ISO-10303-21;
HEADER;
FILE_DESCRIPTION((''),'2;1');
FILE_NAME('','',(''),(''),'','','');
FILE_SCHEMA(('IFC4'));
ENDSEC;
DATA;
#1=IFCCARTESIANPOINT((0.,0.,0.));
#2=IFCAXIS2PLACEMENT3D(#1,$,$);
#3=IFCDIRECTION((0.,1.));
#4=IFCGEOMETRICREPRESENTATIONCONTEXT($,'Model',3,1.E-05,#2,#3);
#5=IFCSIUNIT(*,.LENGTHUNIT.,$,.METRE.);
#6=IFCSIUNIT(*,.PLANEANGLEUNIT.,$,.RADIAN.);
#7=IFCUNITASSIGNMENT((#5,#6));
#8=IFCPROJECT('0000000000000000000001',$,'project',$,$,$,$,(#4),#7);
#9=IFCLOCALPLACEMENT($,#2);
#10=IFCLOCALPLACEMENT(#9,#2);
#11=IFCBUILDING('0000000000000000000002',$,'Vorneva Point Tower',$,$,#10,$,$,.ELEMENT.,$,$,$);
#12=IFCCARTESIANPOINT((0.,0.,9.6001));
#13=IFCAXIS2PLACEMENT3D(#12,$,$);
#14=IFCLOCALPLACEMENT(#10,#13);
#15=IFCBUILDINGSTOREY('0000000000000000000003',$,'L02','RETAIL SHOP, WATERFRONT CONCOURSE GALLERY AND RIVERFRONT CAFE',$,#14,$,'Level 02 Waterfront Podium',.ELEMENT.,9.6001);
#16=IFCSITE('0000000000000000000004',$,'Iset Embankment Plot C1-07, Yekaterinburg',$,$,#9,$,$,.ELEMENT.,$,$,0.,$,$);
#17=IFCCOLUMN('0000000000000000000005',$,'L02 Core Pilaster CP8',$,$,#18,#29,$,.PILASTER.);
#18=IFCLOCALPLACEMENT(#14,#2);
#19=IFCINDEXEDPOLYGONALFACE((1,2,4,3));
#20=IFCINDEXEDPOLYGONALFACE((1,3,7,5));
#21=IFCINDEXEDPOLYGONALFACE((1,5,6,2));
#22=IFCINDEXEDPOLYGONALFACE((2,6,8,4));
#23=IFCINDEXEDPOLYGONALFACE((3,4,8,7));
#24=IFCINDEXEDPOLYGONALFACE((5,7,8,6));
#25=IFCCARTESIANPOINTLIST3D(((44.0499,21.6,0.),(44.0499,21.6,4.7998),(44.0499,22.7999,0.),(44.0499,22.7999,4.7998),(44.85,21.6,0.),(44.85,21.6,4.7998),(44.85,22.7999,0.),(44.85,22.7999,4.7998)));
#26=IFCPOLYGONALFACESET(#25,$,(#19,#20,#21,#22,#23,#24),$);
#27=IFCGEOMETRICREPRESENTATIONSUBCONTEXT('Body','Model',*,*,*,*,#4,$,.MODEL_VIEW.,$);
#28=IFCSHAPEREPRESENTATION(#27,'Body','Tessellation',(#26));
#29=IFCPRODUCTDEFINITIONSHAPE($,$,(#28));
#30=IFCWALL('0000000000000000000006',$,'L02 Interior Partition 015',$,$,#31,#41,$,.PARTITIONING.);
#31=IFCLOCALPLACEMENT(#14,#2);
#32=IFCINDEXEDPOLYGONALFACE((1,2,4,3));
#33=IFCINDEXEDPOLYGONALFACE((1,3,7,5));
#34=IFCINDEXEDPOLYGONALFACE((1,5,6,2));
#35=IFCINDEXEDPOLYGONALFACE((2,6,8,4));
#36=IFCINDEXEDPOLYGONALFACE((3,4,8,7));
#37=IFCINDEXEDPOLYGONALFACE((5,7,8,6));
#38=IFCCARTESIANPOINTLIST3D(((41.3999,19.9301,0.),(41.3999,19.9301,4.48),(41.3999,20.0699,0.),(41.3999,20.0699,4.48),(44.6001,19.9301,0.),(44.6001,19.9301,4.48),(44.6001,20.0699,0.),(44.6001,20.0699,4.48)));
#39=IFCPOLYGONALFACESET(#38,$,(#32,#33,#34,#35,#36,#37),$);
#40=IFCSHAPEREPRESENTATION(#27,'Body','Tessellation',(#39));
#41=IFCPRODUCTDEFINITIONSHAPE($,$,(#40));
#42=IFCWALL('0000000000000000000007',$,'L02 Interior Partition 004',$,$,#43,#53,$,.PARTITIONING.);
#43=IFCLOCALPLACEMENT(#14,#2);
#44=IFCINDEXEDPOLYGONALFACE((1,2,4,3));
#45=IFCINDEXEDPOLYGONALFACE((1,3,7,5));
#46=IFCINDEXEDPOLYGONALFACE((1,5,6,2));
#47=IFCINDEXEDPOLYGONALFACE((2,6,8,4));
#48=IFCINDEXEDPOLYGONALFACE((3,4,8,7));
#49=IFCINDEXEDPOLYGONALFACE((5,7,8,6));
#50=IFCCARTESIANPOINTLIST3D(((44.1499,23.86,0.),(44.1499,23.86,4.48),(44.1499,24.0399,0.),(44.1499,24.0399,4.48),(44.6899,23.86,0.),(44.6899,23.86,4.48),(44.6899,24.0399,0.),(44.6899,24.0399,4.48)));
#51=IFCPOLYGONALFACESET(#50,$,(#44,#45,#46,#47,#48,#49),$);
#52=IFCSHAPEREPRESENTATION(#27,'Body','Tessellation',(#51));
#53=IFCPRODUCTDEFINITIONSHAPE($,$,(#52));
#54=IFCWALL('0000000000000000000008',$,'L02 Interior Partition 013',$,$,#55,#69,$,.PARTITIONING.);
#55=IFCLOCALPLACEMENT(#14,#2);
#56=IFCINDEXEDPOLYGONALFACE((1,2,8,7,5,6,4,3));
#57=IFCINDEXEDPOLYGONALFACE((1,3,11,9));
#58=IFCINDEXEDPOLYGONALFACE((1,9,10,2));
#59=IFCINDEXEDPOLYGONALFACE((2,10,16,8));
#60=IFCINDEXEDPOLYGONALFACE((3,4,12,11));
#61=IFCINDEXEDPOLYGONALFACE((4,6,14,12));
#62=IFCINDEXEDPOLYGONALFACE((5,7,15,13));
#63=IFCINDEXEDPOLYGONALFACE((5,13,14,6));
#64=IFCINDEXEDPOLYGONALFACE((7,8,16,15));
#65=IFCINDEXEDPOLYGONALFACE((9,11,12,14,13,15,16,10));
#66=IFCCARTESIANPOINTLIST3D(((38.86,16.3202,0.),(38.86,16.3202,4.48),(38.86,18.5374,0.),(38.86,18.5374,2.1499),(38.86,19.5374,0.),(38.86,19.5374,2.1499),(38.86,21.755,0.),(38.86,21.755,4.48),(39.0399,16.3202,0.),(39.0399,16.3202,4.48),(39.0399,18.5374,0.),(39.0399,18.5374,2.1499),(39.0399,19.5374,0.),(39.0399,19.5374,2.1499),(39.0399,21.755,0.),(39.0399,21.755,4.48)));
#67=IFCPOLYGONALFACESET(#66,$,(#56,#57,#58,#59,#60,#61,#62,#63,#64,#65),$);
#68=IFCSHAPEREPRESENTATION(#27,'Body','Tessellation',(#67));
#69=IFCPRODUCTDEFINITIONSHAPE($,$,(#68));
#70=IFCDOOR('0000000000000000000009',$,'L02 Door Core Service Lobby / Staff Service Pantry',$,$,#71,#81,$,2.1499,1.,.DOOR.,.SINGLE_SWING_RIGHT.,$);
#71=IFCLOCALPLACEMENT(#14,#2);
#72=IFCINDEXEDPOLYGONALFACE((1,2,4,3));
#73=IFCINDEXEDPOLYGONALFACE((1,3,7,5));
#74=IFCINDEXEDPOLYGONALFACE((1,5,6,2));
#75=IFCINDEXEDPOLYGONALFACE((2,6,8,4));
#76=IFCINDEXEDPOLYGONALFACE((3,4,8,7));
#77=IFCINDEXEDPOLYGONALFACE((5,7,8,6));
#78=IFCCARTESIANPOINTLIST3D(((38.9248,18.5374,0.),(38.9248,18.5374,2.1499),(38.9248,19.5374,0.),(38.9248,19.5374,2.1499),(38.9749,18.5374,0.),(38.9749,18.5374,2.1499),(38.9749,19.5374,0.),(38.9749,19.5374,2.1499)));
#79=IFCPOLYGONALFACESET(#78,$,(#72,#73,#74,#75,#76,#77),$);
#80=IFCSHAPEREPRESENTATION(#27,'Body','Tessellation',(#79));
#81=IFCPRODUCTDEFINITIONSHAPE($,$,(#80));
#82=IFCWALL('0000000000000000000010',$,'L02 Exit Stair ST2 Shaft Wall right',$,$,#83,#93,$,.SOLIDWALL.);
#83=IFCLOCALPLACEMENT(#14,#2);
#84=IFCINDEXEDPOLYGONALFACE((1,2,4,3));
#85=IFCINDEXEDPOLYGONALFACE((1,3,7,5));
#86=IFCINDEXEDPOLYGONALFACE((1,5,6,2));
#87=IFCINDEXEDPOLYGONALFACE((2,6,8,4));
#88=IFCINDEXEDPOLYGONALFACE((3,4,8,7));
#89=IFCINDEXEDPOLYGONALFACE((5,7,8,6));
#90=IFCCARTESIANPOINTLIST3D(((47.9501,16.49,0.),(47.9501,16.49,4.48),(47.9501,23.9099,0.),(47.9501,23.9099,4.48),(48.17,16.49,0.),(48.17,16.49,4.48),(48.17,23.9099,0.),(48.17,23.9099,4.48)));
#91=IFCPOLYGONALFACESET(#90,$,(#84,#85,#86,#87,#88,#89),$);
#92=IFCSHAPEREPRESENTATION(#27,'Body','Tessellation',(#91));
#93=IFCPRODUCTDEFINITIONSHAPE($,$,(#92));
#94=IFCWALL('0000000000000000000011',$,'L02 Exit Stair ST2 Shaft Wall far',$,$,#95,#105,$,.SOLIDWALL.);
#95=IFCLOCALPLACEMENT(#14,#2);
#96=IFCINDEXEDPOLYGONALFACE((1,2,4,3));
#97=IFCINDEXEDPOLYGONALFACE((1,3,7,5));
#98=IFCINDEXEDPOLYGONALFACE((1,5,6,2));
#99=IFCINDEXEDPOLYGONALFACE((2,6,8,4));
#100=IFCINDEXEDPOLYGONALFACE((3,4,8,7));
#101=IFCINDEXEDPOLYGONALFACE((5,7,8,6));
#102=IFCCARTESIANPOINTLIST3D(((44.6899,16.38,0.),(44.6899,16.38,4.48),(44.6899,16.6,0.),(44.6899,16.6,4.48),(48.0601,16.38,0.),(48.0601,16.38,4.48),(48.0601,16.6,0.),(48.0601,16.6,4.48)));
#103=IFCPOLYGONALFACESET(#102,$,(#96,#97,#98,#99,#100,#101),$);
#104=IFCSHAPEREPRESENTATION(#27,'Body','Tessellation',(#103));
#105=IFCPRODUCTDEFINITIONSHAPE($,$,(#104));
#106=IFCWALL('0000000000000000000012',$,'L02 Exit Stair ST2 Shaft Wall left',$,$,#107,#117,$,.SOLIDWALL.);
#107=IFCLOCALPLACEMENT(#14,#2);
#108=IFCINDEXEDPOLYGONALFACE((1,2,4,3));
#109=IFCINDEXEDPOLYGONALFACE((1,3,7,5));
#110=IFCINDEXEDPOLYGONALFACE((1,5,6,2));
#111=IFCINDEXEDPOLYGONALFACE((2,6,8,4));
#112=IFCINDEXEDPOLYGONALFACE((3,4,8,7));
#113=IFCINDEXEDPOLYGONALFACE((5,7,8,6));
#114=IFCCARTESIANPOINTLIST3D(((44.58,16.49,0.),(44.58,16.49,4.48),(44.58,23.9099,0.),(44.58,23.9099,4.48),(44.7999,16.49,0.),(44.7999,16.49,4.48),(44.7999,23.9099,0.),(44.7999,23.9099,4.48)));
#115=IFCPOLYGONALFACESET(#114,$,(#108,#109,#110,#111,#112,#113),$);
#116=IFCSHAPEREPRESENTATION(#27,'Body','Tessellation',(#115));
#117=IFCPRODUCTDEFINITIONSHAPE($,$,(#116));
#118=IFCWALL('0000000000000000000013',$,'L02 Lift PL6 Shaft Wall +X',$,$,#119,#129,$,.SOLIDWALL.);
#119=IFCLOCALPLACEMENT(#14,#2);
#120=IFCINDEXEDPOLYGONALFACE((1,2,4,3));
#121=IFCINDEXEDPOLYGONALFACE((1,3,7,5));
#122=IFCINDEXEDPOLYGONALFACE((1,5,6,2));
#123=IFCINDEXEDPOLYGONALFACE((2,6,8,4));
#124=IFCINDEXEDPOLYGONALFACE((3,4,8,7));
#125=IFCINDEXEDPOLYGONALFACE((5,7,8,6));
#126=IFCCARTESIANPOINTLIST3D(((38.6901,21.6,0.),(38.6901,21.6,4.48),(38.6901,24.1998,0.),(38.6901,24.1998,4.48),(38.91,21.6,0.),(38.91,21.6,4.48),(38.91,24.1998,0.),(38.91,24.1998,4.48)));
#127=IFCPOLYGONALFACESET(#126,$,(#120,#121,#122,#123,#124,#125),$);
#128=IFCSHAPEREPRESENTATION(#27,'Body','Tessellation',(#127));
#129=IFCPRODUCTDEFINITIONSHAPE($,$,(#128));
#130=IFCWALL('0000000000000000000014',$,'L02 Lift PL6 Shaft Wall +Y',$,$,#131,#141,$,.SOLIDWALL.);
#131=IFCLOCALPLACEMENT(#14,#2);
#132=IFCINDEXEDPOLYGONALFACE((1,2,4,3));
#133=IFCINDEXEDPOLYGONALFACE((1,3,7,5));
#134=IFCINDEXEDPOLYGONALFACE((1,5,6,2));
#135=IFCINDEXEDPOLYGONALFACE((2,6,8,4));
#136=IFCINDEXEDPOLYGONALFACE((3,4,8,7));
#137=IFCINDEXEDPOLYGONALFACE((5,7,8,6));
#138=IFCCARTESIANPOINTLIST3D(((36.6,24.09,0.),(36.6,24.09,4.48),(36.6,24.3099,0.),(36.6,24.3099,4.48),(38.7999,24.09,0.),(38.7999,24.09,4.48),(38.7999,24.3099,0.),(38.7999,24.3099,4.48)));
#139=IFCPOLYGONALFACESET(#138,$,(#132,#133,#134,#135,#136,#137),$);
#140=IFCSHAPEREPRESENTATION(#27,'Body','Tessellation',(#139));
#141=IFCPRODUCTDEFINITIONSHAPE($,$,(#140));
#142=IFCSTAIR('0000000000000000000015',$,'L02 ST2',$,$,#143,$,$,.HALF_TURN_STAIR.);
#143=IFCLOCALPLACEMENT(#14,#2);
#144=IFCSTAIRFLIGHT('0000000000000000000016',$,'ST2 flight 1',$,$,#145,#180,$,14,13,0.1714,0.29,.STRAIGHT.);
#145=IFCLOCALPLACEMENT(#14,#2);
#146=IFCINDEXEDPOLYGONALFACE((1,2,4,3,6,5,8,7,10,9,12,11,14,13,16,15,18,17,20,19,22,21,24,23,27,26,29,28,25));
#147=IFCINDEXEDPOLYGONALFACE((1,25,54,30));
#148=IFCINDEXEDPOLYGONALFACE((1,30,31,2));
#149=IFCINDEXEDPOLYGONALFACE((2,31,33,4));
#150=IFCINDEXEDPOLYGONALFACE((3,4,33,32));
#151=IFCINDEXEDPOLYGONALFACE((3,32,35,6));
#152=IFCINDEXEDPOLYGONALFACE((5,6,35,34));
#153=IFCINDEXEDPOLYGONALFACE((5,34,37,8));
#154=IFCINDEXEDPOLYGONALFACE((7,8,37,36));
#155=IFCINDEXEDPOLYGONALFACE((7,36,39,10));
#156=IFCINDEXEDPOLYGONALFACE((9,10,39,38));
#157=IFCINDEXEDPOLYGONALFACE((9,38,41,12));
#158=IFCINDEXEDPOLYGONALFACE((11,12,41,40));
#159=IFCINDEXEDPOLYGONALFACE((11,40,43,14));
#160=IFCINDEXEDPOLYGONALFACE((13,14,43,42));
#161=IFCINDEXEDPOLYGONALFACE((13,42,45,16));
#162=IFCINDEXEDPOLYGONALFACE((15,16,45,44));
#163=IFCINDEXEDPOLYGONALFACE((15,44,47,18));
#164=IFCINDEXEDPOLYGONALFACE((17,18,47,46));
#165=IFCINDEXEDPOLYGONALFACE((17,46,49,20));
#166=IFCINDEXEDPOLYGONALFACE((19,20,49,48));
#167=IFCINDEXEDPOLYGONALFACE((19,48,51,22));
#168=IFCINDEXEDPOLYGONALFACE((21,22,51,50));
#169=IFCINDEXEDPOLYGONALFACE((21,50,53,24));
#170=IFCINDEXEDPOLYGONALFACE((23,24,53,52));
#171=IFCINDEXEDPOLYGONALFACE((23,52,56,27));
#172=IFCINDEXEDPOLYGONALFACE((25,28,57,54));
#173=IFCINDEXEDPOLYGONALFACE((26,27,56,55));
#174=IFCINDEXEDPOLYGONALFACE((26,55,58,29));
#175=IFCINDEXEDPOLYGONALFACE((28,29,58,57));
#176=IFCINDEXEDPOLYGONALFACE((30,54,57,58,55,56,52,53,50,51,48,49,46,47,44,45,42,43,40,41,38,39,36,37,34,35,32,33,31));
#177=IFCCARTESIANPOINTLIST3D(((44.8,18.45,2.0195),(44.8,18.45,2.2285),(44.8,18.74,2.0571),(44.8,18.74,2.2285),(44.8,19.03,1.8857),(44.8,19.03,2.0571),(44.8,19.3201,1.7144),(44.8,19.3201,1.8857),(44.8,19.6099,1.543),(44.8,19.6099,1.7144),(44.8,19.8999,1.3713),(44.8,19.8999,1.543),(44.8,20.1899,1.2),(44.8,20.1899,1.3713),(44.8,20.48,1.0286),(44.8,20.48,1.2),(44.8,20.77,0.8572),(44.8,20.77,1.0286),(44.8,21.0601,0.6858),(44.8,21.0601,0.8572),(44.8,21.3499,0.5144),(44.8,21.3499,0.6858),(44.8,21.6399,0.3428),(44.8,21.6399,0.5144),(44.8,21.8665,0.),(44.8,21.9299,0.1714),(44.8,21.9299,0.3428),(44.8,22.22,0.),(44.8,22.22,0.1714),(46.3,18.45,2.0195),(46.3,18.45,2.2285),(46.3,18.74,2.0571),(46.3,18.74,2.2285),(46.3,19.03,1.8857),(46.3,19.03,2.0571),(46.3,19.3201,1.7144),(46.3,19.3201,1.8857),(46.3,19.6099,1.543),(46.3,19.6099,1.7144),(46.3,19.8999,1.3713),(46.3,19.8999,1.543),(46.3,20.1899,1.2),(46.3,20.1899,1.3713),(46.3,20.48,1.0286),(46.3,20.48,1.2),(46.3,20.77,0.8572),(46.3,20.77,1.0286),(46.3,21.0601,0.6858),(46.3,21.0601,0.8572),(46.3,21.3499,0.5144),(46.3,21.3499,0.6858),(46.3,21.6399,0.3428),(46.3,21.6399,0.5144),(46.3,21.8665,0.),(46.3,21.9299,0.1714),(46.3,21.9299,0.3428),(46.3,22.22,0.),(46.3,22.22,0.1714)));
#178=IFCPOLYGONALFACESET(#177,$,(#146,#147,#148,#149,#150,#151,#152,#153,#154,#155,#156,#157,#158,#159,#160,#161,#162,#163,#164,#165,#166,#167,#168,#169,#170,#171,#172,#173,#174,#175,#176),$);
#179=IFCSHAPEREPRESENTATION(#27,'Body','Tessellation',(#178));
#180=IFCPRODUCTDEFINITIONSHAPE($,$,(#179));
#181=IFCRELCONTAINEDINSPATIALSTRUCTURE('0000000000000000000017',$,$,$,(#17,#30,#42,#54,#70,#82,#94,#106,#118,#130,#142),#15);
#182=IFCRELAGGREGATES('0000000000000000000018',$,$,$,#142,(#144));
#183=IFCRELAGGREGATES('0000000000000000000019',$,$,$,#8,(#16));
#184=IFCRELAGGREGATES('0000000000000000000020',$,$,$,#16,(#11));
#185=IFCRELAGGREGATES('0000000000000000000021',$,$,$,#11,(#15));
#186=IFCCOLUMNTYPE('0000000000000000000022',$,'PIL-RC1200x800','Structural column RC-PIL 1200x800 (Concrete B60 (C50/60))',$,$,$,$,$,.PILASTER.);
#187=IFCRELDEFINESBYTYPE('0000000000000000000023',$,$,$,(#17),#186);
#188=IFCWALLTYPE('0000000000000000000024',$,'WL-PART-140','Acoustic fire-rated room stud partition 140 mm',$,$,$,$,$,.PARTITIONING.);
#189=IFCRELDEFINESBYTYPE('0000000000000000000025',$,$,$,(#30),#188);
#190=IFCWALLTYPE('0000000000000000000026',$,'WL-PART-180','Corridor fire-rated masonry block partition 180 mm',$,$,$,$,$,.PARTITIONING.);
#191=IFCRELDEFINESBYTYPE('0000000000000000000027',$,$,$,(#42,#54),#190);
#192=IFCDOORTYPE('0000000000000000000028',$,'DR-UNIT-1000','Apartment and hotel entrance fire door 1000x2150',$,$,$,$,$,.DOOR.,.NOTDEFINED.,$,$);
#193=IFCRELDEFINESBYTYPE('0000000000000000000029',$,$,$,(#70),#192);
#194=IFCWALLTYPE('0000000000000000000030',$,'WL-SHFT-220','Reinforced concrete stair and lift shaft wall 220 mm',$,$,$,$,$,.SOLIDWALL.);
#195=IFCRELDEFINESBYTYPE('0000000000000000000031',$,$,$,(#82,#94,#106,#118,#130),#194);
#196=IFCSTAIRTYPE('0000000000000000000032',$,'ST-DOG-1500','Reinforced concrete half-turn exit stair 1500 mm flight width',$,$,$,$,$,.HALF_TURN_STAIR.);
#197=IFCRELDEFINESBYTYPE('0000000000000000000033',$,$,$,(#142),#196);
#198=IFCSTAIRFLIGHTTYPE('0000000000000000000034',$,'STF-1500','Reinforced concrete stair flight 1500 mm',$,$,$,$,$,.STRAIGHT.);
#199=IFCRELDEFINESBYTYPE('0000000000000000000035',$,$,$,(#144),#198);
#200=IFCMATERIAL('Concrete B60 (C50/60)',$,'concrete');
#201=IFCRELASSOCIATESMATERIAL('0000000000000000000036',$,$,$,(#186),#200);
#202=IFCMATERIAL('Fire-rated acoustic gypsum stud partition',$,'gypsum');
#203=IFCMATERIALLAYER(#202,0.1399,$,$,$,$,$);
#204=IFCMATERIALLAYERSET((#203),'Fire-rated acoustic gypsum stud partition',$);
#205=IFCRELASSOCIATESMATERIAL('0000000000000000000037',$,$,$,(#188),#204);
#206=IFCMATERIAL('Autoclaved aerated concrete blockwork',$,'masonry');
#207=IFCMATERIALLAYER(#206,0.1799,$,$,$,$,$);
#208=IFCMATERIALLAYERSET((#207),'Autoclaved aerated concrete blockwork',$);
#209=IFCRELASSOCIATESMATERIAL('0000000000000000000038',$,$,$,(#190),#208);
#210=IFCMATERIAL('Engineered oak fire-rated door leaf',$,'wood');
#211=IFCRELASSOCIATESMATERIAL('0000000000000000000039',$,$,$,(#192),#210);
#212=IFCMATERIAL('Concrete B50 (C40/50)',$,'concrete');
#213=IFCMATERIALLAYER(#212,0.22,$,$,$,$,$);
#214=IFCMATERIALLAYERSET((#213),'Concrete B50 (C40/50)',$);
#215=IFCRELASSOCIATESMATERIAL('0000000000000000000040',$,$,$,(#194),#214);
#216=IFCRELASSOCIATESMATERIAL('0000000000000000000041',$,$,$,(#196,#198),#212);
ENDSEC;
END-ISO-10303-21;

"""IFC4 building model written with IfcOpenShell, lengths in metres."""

from ifc_helpers import new_model, si_unit, direction, frame, frame_2d, origin, origin_2d, place, context, subcontext, project, spatial, polyline, rectangle, outline, extrude, material, layer, layer_set, material_profile, profile_set, type_object, element, fill, aggregate, save


model = new_model("IFC4")

# Units and contexts
model_context = context("Model", 3, precision=1e-05, world=origin(), true_north=direction((0.0, 1.0)))
body_context = subcontext(model_context, "Body", "Model", "MODEL_VIEW")
ifc_project = project(units=[si_unit("LENGTHUNIT", "METRE"), si_unit("PLANEANGLEUNIT", "RADIAN")], contexts=[model_context])

# Site, building, storey
site_placement = place(None, origin())
site = spatial("IfcSite", under=ifc_project, at=site_placement, Name="Iset Embankment Plot C1-07, Yekaterinburg", CompositionType="ELEMENT", RefElevation=0.0)
building_placement = place(site_placement, origin())
building = spatial("IfcBuilding", under=site, at=building_placement, Name="Vorneva Point Tower", CompositionType="ELEMENT")
storey_placement = place(building_placement, frame((0.0, 0.0, 9.6001)))
storey = spatial("IfcBuildingStorey", under=building, at=storey_placement, Name="L02", Description="RETAIL SHOP, WATERFRONT CONCOURSE GALLERY AND RIVERFRONT CAFE", LongName="Level 02 Waterfront Podium", CompositionType="ELEMENT", Elevation=9.6001)

# Column
ifc_material_1 = material(Name="Concrete B60 (C50/60)", Category="concrete")
ifc_material_profile = material_profile(ifc_material_1, rectangle(XDim=0.8, YDim=1.2, at=origin_2d()), Name="RC-PIL 1200x800")
ifc_profile_set = profile_set([ifc_material_profile], Name="Concrete B60 (C50/60)")
column_type = type_object("IfcColumnType", Name="PIL-RC1200x800", Description="Structural column RC-PIL 1200x800 (Concrete B60 (C50/60))", PredefinedType="PILASTER", material=ifc_profile_set)
column_placement = place(storey_placement, frame((44.45, 22.2, 0.0), z_axis=(0.0, 0.0, 1.0), x_axis=(1.0, 0.0, 0.0)))
element("IfcColumn", 1, at=column_placement, inside=storey, type_object=column_type, Name="L02 Core Pilaster CP8", PredefinedType="PILASTER", context=body_context, shape_type="SweptSolid", body=[
    extrude(rectangle(XDim=0.8, YDim=1.2, at=origin_2d()), origin(), (0.0, 0.0, 1.0), 4.7998),
])

# Walls
ifc_material_2 = material(Name="Fire-rated acoustic gypsum stud partition", Category="gypsum")
ifc_layer_1 = layer(ifc_material_2, 0.1399)
ifc_layer_set_1 = layer_set([ifc_layer_1], Name="Fire-rated acoustic gypsum stud partition")
wall_type_1 = type_object("IfcWallType", Name="WL-PART-140", Description="Acoustic fire-rated room stud partition 140 mm", PredefinedType="PARTITIONING", material=ifc_layer_set_1)
wall_1_placement = place(storey_placement, frame((44.6001, 20.0, 0.0), z_axis=(0.0, 0.0, 1.0), x_axis=(-1.0, 0.0, 0.0)))
element("IfcWall", 2, at=wall_1_placement, inside=storey, type_object=wall_type_1, Name="L02 Interior Partition 015", PredefinedType="PARTITIONING", context=body_context, shape_type="SweptSolid", body=[
    extrude(rectangle(XDim=3.2002, YDim=0.1399, at=frame_2d((1.6001, 0.0))), origin(), (0.0, 0.0, 1.0), 4.48),
])
ifc_material_3 = material(Name="Autoclaved aerated concrete blockwork", Category="masonry")
ifc_layer_2 = layer(ifc_material_3, 0.1799)
ifc_layer_set_2 = layer_set([ifc_layer_2], Name="Autoclaved aerated concrete blockwork")
wall_type_2 = type_object("IfcWallType", Name="WL-PART-180", Description="Corridor fire-rated masonry block partition 180 mm", PredefinedType="PARTITIONING", material=ifc_layer_set_2)
wall_2_placement = place(storey_placement, frame((44.1499, 23.95, 0.0), z_axis=(0.0, 0.0, 1.0), x_axis=(1.0, 0.0, 0.0)))
element("IfcWall", 3, at=wall_2_placement, inside=storey, type_object=wall_type_2, Name="L02 Interior Partition 004", PredefinedType="PARTITIONING", context=body_context, shape_type="SweptSolid", body=[
    extrude(rectangle(XDim=0.54, YDim=0.1799, at=frame_2d((0.27, 0.0))), origin(), (0.0, 0.0, 1.0), 4.48),
])

# Wall, opening, door
ifc_material_4 = material(Name="Engineered oak fire-rated door leaf", Category="wood")
door_type_1 = type_object("IfcDoorType", Name="DR-UNIT-1000", Description="Apartment and hotel entrance fire door 1000x2150", OperationType="NOTDEFINED", PredefinedType="DOOR", material=ifc_material_4)
wall_3_placement = place(storey_placement, frame((38.95, 21.7549, 0.0), z_axis=(0.0, 0.0, 1.0), x_axis=(0.0, -1.0, 0.0)))
wall_3 = element("IfcWall", 4, at=wall_3_placement, inside=storey, type_object=wall_type_2, Name="L02 Interior Partition 013", PredefinedType="PARTITIONING", context=body_context, shape_type="SweptSolid", body=[
    extrude(rectangle(XDim=5.4348, YDim=0.1799, at=frame_2d((2.7173, 0.0))), origin(), (0.0, 0.0, 1.0), 4.48),
])
opening_1_placement = place(wall_3_placement, frame((2.2175, 0.0, 0.0)))
opening_1 = element("IfcOpeningElement", 5, at=opening_1_placement, cuts=wall_3, PredefinedType="OPENING", context=body_context, shape_type="SweptSolid", body=[
    extrude(rectangle(XDim=1.0, YDim=2.1499, at=frame_2d((0.5, 1.075))), frame((0.0, 0.105, 0.0), z_axis=(0.0, -1.0, 0.0), x_axis=(1.0, 0.0, 0.0)), (0.0, 0.0, 1.0), 0.2097),
])
door_1_placement = place(opening_1_placement, origin())
door_1 = element("IfcDoor", 6, at=door_1_placement, inside=storey, type_object=door_type_1, Name="L02 Door Core Service Lobby / Staff Service Pantry", OperationType="SINGLE_SWING_RIGHT", OverallHeight=2.1499, OverallWidth=1.0, PredefinedType="DOOR", context=body_context, shape_type="SweptSolid", body=[
    extrude(rectangle(XDim=1.0, YDim=2.1499, at=frame_2d((0.5, 1.075))), frame((0.0, 0.0249, 0.0), z_axis=(0.0, -1.0, 0.0), x_axis=(1.0, 0.0, 0.0)), (0.0, 0.0, 1.0), 0.05),
])
fill(opening_1, door_1)
ifc_material_5 = material(Name="Concrete B50 (C40/50)", Category="concrete")
ifc_layer_3 = layer(ifc_material_5, 0.22)
ifc_layer_set_3 = layer_set([ifc_layer_3], Name="Concrete B50 (C40/50)")
wall_type_3 = type_object("IfcWallType", Name="WL-SHFT-220", Description="Reinforced concrete stair and lift shaft wall 220 mm", PredefinedType="SOLIDWALL", material=ifc_layer_set_3)

# Walls
wall_4_placement = place(storey_placement, frame((48.0601, 23.9099, 0.0), z_axis=(0.0, 0.0, 1.0), x_axis=(0.0, -1.0, 0.0)))
element("IfcWall", 7, at=wall_4_placement, inside=storey, type_object=wall_type_3, Name="L02 Exit Stair ST2 Shaft Wall right", PredefinedType="SOLIDWALL", context=body_context, shape_type="SweptSolid", body=[
    extrude(rectangle(XDim=7.4199, YDim=0.22, at=frame_2d((3.71, 0.0))), origin(), (0.0, 0.0, 1.0), 4.48),
])
wall_5_placement = place(storey_placement, frame((48.0601, 16.49, 0.0), z_axis=(0.0, 0.0, 1.0), x_axis=(-1.0, 0.0, 0.0)))
element("IfcWall", 8, at=wall_5_placement, inside=storey, type_object=wall_type_3, Name="L02 Exit Stair ST2 Shaft Wall far", PredefinedType="SOLIDWALL", context=body_context, shape_type="SweptSolid", body=[
    extrude(rectangle(XDim=3.3701, YDim=0.22, at=frame_2d((1.6851, 0.0))), origin(), (0.0, 0.0, 1.0), 4.48),
])
wall_6_placement = place(storey_placement, frame((44.6899, 16.49, 0.0), z_axis=(0.0, 0.0, 1.0), x_axis=(0.0, 1.0, 0.0)))
element("IfcWall", 9, at=wall_6_placement, inside=storey, type_object=wall_type_3, Name="L02 Exit Stair ST2 Shaft Wall left", PredefinedType="SOLIDWALL", context=body_context, shape_type="SweptSolid", body=[
    extrude(rectangle(XDim=7.4199, YDim=0.22, at=frame_2d((3.71, 0.0))), origin(), (0.0, 0.0, 1.0), 4.48),
])
wall_7_placement = place(storey_placement, frame((38.8, 21.6001, 0.0), z_axis=(0.0, 0.0, 1.0), x_axis=(0.0, 1.0, 0.0)))
element("IfcWall", 10, at=wall_7_placement, inside=storey, type_object=wall_type_3, Name="L02 Lift PL6 Shaft Wall +X", PredefinedType="SOLIDWALL", context=body_context, shape_type="SweptSolid", body=[
    extrude(rectangle(XDim=2.5999, YDim=0.22, at=frame_2d((1.2998, 0.0))), origin(), (0.0, 0.0, 1.0), 4.48),
])
wall_8_placement = place(storey_placement, frame((38.8, 24.2, 0.0), z_axis=(0.0, 0.0, 1.0), x_axis=(-1.0, 0.0, 0.0)))
element("IfcWall", 11, at=wall_8_placement, inside=storey, type_object=wall_type_3, Name="L02 Lift PL6 Shaft Wall +Y", PredefinedType="SOLIDWALL", context=body_context, shape_type="SweptSolid", body=[
    extrude(rectangle(XDim=2.2, YDim=0.22, at=frame_2d((1.1001, 0.0))), origin(), (0.0, 0.0, 1.0), 4.48),
])

# Stair, stair flight
stair_type = type_object("IfcStairType", Name="ST-DOG-1500", Description="Reinforced concrete half-turn exit stair 1500 mm flight width", PredefinedType="HALF_TURN_STAIR", material=ifc_material_5)
stair_placement = place(storey_placement, origin())
stair = element("IfcStair", 12, at=stair_placement, inside=storey, type_object=stair_type, Name="L02 ST2", PredefinedType="HALF_TURN_STAIR")
stair_flight_type = type_object("IfcStairFlightType", Name="STF-1500", Description="Reinforced concrete stair flight 1500 mm", PredefinedType="STRAIGHT", material=ifc_material_5)
stair_flight_1_placement = place(storey_placement, frame((45.55, 22.22, 0.0), z_axis=(0.0, 0.0, 1.0), x_axis=(0.0, -1.0, 0.0)))
stair_flight_1 = element("IfcStairFlight", 13, at=stair_flight_1_placement, type_object=stair_flight_type, Name="ST2 flight 1", NumberOfRisers=14, NumberOfTreads=13, PredefinedType="STRAIGHT", RiserHeight=0.1714, TreadLength=0.29, context=body_context, shape_type="SweptSolid", body=[
    extrude(outline(polyline([(0.0, 0.0), (0.0, 0.1714), (0.29, 0.1714), (0.29, 0.3428), (0.5801, 0.3428), (0.5801, 0.5144), (0.8701, 0.5144), (0.8701, 0.6858), (1.1599, 0.6858), (1.1599, 0.8572), (1.45, 0.8572), (1.45, 1.0286), (1.74, 1.0286), (1.74, 1.2), (2.03, 1.2), (2.03, 1.3713), (2.3201, 1.3713), (2.3201, 1.543), (2.6101, 1.543), (2.6101, 1.7144), (2.8999, 1.7144), (2.8999, 1.8857), (3.1899, 1.8857), (3.1899, 2.0571), (3.48, 2.0571), (3.48, 2.2285), (3.77, 2.2285), (3.77, 2.3999), (3.77, 2.0195), (0.3535, 0.0), (0.0, 0.0)])), frame((0.0, 0.75, 0.0), z_axis=(0.0, -1.0, 0.0), x_axis=(1.0, 0.0, 0.0)), (0.0, 0.0, 1.0), 1.5),
])
aggregate(stair, [stair_flight_1])

save(model, "model.ifc")
